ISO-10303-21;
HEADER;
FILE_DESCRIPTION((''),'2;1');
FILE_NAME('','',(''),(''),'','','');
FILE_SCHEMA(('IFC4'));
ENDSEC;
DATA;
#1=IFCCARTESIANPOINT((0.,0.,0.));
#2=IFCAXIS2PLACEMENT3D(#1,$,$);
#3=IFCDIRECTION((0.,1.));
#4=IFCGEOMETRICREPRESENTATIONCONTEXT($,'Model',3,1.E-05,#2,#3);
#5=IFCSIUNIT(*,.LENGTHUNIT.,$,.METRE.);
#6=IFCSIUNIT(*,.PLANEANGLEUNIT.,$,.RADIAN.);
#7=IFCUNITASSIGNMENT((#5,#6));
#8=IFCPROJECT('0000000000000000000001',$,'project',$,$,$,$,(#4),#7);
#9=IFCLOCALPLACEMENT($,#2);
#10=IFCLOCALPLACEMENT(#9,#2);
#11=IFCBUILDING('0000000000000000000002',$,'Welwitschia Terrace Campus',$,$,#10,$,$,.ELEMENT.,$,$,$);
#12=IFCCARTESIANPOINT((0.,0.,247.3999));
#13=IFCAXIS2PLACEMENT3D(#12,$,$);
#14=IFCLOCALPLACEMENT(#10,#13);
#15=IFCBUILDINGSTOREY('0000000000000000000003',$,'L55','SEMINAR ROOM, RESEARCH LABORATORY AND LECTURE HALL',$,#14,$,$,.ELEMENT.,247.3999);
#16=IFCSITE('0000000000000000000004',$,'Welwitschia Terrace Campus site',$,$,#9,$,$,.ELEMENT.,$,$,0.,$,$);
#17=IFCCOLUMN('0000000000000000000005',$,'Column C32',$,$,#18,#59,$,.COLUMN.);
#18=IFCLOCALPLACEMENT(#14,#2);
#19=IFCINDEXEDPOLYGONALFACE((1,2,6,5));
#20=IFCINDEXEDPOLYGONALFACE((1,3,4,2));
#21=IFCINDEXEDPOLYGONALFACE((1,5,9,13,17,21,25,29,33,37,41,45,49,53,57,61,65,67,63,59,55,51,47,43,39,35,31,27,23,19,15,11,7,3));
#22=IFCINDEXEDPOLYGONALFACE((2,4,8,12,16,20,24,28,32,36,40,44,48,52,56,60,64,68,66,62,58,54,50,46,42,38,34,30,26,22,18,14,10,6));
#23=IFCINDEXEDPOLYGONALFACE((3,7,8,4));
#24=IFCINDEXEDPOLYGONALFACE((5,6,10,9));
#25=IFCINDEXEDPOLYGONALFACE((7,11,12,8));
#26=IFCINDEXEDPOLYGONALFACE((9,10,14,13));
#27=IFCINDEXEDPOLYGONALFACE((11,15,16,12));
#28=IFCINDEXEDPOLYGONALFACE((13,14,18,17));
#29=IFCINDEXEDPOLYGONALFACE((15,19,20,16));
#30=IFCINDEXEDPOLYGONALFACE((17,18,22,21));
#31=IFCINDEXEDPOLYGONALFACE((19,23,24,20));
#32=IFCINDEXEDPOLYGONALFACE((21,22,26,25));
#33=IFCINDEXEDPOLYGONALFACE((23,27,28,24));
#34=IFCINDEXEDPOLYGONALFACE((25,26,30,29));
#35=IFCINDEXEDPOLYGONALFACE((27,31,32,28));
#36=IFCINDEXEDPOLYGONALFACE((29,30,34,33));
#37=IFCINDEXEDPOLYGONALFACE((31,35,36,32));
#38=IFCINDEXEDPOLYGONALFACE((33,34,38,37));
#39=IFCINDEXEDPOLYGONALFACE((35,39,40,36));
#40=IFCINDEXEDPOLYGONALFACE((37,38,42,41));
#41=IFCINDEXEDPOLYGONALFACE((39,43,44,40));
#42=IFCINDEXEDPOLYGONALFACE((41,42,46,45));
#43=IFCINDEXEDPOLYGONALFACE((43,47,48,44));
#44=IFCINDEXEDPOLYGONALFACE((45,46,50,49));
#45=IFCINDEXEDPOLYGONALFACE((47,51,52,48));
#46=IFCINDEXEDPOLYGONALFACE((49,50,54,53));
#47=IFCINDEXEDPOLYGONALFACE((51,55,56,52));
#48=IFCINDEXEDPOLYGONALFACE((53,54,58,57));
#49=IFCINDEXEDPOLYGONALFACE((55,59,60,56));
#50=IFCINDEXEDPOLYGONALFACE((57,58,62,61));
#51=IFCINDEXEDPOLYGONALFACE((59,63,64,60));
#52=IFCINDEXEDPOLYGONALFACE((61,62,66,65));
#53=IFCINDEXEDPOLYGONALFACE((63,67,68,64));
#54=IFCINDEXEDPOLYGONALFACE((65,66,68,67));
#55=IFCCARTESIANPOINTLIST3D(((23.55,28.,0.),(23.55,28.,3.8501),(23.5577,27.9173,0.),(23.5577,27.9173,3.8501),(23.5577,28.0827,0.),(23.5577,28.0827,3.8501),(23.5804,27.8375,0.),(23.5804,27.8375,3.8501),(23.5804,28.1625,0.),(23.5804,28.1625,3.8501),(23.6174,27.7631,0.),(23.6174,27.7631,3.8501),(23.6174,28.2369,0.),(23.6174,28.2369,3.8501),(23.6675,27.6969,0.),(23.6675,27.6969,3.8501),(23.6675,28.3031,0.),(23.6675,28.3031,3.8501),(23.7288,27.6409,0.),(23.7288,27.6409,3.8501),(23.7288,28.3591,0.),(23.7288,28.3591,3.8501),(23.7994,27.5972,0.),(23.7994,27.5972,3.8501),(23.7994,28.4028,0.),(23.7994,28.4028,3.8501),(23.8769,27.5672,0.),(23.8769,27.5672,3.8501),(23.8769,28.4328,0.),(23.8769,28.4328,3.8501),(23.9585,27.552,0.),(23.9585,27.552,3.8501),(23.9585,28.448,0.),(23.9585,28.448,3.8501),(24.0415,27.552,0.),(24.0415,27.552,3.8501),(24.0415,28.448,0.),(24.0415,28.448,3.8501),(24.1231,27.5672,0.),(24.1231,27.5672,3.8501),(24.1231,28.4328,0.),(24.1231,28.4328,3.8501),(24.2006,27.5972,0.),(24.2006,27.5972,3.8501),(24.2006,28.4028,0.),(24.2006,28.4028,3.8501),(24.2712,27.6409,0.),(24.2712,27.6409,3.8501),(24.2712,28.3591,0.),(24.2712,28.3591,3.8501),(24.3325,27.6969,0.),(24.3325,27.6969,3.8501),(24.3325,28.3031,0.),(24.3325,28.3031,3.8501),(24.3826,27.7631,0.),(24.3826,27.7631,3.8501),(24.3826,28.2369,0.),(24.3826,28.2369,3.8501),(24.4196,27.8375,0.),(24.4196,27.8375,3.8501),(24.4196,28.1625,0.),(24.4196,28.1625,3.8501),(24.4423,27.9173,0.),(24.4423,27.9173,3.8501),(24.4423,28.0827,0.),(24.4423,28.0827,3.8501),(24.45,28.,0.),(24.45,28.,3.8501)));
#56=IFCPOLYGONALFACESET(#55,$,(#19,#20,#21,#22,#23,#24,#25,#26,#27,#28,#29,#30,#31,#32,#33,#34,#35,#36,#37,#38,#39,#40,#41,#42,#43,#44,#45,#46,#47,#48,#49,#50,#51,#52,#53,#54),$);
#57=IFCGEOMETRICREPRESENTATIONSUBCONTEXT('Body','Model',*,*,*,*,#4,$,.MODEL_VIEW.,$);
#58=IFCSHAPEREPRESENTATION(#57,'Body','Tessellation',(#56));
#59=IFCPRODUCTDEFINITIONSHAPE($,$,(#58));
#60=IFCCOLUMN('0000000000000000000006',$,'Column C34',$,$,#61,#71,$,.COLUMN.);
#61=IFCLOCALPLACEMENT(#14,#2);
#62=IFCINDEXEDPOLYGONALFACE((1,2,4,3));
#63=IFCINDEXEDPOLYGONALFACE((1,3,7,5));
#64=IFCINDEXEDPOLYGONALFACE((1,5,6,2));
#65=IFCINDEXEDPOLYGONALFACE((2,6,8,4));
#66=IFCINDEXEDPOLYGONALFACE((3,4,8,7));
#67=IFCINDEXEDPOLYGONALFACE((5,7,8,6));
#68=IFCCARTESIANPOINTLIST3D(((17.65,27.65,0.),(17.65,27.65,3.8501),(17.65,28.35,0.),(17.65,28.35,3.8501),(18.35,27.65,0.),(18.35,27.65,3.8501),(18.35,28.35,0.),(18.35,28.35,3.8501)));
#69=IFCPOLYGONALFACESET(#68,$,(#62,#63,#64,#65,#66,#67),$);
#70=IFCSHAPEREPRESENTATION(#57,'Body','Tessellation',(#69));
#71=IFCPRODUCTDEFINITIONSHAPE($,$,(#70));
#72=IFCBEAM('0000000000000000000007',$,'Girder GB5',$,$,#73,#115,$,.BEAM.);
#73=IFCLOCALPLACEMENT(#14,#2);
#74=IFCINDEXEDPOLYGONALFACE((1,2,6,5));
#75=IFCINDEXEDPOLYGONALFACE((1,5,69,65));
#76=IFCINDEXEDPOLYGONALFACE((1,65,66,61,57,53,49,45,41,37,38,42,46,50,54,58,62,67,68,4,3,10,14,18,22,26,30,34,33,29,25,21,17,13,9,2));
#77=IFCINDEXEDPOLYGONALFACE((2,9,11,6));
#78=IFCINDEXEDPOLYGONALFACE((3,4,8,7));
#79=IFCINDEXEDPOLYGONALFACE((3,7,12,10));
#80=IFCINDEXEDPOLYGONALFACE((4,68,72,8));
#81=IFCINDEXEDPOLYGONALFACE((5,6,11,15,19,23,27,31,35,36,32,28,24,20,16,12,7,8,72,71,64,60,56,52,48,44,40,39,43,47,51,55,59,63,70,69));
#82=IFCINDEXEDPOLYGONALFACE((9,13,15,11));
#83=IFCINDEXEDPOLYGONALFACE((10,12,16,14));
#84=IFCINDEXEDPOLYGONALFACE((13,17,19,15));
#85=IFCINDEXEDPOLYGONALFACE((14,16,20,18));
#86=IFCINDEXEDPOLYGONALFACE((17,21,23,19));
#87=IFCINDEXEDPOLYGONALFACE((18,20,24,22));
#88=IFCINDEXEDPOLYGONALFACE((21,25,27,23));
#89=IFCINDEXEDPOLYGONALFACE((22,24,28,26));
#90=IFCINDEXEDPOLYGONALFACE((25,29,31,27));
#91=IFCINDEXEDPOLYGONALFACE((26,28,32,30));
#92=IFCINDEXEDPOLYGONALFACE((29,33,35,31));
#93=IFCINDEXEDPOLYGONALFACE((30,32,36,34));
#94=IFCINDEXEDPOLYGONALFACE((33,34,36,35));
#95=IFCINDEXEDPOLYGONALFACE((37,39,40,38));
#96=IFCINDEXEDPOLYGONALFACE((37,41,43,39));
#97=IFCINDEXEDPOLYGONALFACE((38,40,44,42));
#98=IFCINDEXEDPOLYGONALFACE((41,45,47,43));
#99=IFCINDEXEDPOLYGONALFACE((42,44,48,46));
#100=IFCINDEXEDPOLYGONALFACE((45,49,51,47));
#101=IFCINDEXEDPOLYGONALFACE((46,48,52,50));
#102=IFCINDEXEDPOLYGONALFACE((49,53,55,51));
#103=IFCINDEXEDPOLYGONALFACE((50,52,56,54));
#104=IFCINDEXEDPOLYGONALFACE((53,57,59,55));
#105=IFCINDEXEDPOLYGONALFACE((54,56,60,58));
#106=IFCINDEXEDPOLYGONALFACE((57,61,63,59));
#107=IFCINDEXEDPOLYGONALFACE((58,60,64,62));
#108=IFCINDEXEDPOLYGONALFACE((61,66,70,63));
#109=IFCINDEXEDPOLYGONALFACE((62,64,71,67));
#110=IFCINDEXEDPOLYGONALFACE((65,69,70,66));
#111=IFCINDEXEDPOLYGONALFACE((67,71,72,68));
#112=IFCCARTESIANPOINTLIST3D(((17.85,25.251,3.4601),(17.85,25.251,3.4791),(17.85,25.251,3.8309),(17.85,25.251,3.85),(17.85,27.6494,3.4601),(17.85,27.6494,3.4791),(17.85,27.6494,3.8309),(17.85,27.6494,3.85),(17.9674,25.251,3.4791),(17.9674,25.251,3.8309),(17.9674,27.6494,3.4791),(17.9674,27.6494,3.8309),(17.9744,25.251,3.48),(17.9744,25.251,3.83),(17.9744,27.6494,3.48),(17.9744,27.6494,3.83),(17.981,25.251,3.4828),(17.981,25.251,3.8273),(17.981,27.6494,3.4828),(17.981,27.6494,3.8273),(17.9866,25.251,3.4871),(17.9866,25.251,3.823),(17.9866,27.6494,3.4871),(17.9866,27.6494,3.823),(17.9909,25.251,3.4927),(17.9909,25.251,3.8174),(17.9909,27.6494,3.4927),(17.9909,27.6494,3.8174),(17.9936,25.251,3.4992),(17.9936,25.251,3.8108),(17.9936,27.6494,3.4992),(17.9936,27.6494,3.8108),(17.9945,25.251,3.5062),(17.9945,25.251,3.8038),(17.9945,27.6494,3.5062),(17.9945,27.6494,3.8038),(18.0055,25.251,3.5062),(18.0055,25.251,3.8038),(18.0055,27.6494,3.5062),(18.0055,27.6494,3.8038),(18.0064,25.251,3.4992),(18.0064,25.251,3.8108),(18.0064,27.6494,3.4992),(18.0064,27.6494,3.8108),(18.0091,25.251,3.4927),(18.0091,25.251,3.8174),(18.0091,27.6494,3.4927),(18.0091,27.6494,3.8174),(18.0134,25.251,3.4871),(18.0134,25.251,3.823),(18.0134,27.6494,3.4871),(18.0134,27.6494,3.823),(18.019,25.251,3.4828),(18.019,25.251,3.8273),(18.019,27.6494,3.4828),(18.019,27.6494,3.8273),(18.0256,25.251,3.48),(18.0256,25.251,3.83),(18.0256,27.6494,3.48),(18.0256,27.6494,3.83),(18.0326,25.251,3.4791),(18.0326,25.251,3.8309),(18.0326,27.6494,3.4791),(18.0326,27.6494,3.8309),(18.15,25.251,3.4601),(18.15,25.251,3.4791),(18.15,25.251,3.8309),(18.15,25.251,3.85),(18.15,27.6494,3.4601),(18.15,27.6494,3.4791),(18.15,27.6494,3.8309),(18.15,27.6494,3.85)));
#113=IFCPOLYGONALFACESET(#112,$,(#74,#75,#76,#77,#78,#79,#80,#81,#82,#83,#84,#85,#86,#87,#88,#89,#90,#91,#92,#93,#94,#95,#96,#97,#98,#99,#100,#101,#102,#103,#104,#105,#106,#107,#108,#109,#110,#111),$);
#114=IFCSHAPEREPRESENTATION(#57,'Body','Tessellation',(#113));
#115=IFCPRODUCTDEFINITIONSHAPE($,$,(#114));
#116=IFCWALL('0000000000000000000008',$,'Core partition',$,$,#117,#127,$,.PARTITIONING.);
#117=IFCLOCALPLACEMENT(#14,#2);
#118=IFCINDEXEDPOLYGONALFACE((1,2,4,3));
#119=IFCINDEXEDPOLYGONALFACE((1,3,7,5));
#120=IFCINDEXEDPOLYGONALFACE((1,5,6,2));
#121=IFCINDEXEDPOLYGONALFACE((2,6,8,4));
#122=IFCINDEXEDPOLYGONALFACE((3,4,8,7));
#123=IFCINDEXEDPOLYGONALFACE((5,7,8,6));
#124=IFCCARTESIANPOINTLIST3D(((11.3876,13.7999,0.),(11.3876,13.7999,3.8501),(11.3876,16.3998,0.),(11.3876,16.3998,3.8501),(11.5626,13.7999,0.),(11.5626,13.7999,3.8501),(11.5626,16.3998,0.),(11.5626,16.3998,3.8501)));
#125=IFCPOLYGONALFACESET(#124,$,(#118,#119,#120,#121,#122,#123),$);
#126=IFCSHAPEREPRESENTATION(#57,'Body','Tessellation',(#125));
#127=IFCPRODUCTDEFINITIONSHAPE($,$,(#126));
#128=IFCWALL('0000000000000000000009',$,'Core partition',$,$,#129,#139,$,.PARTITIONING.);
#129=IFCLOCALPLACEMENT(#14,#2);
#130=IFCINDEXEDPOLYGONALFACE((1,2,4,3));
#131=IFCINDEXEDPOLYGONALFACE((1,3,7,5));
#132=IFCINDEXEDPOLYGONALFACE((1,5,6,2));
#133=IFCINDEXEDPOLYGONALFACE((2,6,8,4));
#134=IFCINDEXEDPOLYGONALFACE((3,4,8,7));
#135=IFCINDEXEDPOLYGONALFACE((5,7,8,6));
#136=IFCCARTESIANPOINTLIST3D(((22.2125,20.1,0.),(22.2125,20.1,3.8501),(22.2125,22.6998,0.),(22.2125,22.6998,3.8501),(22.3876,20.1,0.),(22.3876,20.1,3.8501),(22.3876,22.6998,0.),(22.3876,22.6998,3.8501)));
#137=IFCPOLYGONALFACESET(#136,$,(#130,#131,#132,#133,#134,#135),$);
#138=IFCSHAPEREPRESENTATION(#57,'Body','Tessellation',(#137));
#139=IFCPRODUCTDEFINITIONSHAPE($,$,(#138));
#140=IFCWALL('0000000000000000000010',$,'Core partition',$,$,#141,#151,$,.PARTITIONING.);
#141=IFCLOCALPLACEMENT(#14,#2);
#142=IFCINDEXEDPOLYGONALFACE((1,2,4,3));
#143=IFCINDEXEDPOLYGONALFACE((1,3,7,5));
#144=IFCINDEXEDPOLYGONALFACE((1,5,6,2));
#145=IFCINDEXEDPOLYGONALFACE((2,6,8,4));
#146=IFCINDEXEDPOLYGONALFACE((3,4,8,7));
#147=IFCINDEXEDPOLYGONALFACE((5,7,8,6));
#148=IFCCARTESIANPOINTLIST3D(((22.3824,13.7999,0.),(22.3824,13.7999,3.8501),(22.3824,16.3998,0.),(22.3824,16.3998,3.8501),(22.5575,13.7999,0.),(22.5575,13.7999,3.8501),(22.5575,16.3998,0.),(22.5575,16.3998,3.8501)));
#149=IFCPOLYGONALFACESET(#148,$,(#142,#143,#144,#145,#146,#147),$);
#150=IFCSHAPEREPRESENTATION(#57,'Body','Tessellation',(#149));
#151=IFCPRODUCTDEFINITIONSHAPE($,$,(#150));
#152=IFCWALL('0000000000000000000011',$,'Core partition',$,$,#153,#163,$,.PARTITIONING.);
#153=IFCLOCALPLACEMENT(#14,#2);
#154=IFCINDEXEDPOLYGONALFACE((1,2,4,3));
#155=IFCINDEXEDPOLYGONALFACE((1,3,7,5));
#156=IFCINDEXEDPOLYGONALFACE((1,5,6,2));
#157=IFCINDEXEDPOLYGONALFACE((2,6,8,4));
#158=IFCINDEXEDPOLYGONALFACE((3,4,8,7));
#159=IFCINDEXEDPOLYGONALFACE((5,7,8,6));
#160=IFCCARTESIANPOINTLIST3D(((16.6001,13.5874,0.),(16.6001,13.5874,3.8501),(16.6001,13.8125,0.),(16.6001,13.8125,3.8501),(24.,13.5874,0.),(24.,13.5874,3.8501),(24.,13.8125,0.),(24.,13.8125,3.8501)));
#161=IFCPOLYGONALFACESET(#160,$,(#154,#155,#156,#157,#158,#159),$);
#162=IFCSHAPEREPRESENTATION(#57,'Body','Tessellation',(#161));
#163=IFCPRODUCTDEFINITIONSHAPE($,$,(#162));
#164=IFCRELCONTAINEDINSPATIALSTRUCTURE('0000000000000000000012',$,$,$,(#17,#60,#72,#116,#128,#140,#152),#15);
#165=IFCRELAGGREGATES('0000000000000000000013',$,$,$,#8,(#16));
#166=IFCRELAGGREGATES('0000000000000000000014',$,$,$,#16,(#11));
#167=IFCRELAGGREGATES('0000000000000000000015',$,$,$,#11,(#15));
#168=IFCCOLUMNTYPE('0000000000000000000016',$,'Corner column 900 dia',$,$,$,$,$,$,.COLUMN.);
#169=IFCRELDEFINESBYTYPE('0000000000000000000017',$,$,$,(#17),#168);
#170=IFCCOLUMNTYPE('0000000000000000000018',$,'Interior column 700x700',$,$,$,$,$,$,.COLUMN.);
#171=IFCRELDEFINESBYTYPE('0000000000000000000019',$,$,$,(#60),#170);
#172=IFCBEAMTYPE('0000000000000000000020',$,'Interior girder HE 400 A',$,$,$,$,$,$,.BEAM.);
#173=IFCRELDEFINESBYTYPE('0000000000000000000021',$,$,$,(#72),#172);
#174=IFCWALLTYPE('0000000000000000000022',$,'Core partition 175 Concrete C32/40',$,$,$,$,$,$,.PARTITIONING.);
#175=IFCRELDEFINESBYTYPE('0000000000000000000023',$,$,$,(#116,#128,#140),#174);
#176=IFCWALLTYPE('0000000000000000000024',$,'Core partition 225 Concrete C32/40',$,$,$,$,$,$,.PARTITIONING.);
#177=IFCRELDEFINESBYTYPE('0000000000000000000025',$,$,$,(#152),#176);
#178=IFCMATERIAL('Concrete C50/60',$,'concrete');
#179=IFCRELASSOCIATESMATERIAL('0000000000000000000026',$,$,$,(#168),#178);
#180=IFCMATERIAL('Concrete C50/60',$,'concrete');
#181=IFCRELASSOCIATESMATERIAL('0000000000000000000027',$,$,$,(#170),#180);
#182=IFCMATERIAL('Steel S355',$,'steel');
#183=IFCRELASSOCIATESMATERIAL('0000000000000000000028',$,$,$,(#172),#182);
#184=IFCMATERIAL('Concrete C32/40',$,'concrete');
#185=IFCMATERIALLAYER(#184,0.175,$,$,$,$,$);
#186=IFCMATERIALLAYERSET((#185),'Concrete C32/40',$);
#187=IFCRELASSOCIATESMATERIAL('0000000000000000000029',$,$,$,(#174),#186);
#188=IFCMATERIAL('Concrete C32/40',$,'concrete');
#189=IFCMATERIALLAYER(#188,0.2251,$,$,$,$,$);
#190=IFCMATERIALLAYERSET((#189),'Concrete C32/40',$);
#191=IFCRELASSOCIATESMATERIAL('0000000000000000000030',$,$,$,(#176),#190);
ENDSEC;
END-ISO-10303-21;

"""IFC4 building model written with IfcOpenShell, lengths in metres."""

from ifc_helpers import new_model, si_unit, direction, frame, frame_2d, origin, origin_2d, place, context, subcontext, project, spatial, rectangle, circle, i_section, extrude, material, layer, layer_set, material_profile, profile_set, type_object, element, save


model = new_model("IFC4")

# Units and contexts
model_context = context("Model", 3, precision=1e-05, world=origin(), true_north=direction((0.0, 1.0)))
body_context = subcontext(model_context, "Body", "Model", "MODEL_VIEW")
ifc_project = project(units=[si_unit("LENGTHUNIT", "METRE"), si_unit("PLANEANGLEUNIT", "RADIAN")], contexts=[model_context])

# Site, building, storey
site_placement = place(None, origin())
site = spatial("IfcSite", under=ifc_project, at=site_placement, Name="Welwitschia Terrace Campus site", CompositionType="ELEMENT", RefElevation=0.0)
building_placement = place(site_placement, origin())
building = spatial("IfcBuilding", under=site, at=building_placement, Name="Welwitschia Terrace Campus", CompositionType="ELEMENT")
storey_placement = place(building_placement, frame((0.0, 0.0, 247.3999)))
storey = spatial("IfcBuildingStorey", under=building, at=storey_placement, Name="L55", Description="SEMINAR ROOM, RESEARCH LABORATORY AND LECTURE HALL", CompositionType="ELEMENT", Elevation=247.3999)

# Columns
ifc_material_1 = material(Name="Concrete C50/60", Category="concrete")
ifc_material_profile_1 = material_profile(ifc_material_1, circle(Radius=0.45, at=origin_2d()))
ifc_profile_set_1 = profile_set([ifc_material_profile_1], Name="Concrete C50/60")
column_type_1 = type_object("IfcColumnType", Name="Corner column 900 dia", PredefinedType="COLUMN", material=ifc_profile_set_1)
column_1_placement = place(storey_placement, frame((24.0, 28.0, 0.0), z_axis=(0.0, 0.0, 1.0), x_axis=(1.0, 0.0, 0.0)))
element("IfcColumn", 1, at=column_1_placement, inside=storey, type_object=column_type_1, Name="Column C32", PredefinedType="COLUMN", context=body_context, shape_type="SweptSolid", body=[
    extrude(circle(Radius=0.45, at=origin_2d()), origin(), (0.0, 0.0, 1.0), 3.8501),
])
ifc_material_2 = material(Name="Concrete C50/60", Category="concrete")
ifc_material_profile_2 = material_profile(ifc_material_2, rectangle(XDim=0.7, YDim=0.7, at=origin_2d()))
ifc_profile_set_2 = profile_set([ifc_material_profile_2], Name="Concrete C50/60")
column_type_2 = type_object("IfcColumnType", Name="Interior column 700x700", PredefinedType="COLUMN", material=ifc_profile_set_2)
column_2_placement = place(storey_placement, frame((18.0, 28.0, 0.0), z_axis=(0.0, 0.0, 1.0), x_axis=(1.0, 0.0, 0.0)))
element("IfcColumn", 2, at=column_2_placement, inside=storey, type_object=column_type_2, Name="Column C34", PredefinedType="COLUMN", context=body_context, shape_type="SweptSolid", body=[
    extrude(rectangle(XDim=0.7, YDim=0.7, at=origin_2d()), origin(), (0.0, 0.0, 1.0), 3.8501),
])

# Beam
ifc_material_3 = material(Name="Steel S355", Category="steel")
ifc_material_profile_3 = material_profile(ifc_material_3, i_section(OverallWidth=0.3, OverallDepth=0.3899, WebThickness=0.011, FlangeThickness=0.019, FilletRadius=0.0271, at=origin_2d()))
ifc_profile_set_3 = profile_set([ifc_material_profile_3], Name="Steel S355")
beam_type = type_object("IfcBeamType", Name="Interior girder HE 400 A", PredefinedType="BEAM", material=ifc_profile_set_3)
beam_placement = place(storey_placement, frame((18.0, 25.251, 3.655), z_axis=(0.0, 1.0, 0.0), x_axis=(-1.0, 0.0, 0.0)))
element("IfcBeam", 3, at=beam_placement, inside=storey, type_object=beam_type, Name="Girder GB5", PredefinedType="BEAM", context=body_context, shape_type="SweptSolid", body=[
    extrude(i_section(OverallWidth=0.3, OverallDepth=0.3899, WebThickness=0.011, FlangeThickness=0.019, FilletRadius=0.0271, at=origin_2d()), origin(), (0.0, 0.0, 1.0), 2.3984),
])

# Walls
ifc_material_4 = material(Name="Concrete C32/40", Category="concrete")
ifc_layer_1 = layer(ifc_material_4, 0.175)
ifc_layer_set_1 = layer_set([ifc_layer_1], Name="Concrete C32/40")
wall_type_1 = type_object("IfcWallType", Name="Core partition 175 Concrete C32/40", PredefinedType="PARTITIONING", material=ifc_layer_set_1)
for number, where, z_axis, x_axis, name in (
    (4, (11.4751, 13.8, 0.0), (0.0, 0.0, 1.0), (0.0, 1.0, 0.0), "Core partition"),
    (5, (22.3, 20.1001, 0.0), (0.0, 0.0, 1.0), (0.0, 1.0, 0.0), "Core partition"),
    (6, (22.47, 13.8, 0.0), (0.0, 0.0, 1.0), (0.0, 1.0, 0.0), "Core partition"),
):
    element("IfcWall", number, at=place(storey_placement, frame(where, z_axis=z_axis, x_axis=x_axis)), inside=storey, type_object=wall_type_1, Name=name, PredefinedType="PARTITIONING", context=body_context, shape_type="SweptSolid", body=[
        extrude(rectangle(XDim=2.5999, YDim=0.175, at=frame_2d((1.2998, 0.0))), origin(), (0.0, 0.0, 1.0), 3.8501),
    ])
ifc_material_5 = material(Name="Concrete C32/40", Category="concrete")
ifc_layer_2 = layer(ifc_material_5, 0.2251)
ifc_layer_set_2 = layer_set([ifc_layer_2], Name="Concrete C32/40")
wall_type_2 = type_object("IfcWallType", Name="Core partition 225 Concrete C32/40", PredefinedType="PARTITIONING", material=ifc_layer_set_2)
wall_1_placement = place(storey_placement, frame((16.6001, 13.7, 0.0), z_axis=(0.0, 0.0, 1.0), x_axis=(1.0, 0.0, 0.0)))
element("IfcWall", 7, at=wall_1_placement, inside=storey, type_object=wall_type_2, Name="Core partition", PredefinedType="PARTITIONING", context=body_context, shape_type="SweptSolid", body=[
    extrude(rectangle(XDim=7.3999, YDim=0.2251, at=frame_2d((3.7, 0.0))), origin(), (0.0, 0.0, 1.0), 3.8501),
])

save(model, "model.ifc")
